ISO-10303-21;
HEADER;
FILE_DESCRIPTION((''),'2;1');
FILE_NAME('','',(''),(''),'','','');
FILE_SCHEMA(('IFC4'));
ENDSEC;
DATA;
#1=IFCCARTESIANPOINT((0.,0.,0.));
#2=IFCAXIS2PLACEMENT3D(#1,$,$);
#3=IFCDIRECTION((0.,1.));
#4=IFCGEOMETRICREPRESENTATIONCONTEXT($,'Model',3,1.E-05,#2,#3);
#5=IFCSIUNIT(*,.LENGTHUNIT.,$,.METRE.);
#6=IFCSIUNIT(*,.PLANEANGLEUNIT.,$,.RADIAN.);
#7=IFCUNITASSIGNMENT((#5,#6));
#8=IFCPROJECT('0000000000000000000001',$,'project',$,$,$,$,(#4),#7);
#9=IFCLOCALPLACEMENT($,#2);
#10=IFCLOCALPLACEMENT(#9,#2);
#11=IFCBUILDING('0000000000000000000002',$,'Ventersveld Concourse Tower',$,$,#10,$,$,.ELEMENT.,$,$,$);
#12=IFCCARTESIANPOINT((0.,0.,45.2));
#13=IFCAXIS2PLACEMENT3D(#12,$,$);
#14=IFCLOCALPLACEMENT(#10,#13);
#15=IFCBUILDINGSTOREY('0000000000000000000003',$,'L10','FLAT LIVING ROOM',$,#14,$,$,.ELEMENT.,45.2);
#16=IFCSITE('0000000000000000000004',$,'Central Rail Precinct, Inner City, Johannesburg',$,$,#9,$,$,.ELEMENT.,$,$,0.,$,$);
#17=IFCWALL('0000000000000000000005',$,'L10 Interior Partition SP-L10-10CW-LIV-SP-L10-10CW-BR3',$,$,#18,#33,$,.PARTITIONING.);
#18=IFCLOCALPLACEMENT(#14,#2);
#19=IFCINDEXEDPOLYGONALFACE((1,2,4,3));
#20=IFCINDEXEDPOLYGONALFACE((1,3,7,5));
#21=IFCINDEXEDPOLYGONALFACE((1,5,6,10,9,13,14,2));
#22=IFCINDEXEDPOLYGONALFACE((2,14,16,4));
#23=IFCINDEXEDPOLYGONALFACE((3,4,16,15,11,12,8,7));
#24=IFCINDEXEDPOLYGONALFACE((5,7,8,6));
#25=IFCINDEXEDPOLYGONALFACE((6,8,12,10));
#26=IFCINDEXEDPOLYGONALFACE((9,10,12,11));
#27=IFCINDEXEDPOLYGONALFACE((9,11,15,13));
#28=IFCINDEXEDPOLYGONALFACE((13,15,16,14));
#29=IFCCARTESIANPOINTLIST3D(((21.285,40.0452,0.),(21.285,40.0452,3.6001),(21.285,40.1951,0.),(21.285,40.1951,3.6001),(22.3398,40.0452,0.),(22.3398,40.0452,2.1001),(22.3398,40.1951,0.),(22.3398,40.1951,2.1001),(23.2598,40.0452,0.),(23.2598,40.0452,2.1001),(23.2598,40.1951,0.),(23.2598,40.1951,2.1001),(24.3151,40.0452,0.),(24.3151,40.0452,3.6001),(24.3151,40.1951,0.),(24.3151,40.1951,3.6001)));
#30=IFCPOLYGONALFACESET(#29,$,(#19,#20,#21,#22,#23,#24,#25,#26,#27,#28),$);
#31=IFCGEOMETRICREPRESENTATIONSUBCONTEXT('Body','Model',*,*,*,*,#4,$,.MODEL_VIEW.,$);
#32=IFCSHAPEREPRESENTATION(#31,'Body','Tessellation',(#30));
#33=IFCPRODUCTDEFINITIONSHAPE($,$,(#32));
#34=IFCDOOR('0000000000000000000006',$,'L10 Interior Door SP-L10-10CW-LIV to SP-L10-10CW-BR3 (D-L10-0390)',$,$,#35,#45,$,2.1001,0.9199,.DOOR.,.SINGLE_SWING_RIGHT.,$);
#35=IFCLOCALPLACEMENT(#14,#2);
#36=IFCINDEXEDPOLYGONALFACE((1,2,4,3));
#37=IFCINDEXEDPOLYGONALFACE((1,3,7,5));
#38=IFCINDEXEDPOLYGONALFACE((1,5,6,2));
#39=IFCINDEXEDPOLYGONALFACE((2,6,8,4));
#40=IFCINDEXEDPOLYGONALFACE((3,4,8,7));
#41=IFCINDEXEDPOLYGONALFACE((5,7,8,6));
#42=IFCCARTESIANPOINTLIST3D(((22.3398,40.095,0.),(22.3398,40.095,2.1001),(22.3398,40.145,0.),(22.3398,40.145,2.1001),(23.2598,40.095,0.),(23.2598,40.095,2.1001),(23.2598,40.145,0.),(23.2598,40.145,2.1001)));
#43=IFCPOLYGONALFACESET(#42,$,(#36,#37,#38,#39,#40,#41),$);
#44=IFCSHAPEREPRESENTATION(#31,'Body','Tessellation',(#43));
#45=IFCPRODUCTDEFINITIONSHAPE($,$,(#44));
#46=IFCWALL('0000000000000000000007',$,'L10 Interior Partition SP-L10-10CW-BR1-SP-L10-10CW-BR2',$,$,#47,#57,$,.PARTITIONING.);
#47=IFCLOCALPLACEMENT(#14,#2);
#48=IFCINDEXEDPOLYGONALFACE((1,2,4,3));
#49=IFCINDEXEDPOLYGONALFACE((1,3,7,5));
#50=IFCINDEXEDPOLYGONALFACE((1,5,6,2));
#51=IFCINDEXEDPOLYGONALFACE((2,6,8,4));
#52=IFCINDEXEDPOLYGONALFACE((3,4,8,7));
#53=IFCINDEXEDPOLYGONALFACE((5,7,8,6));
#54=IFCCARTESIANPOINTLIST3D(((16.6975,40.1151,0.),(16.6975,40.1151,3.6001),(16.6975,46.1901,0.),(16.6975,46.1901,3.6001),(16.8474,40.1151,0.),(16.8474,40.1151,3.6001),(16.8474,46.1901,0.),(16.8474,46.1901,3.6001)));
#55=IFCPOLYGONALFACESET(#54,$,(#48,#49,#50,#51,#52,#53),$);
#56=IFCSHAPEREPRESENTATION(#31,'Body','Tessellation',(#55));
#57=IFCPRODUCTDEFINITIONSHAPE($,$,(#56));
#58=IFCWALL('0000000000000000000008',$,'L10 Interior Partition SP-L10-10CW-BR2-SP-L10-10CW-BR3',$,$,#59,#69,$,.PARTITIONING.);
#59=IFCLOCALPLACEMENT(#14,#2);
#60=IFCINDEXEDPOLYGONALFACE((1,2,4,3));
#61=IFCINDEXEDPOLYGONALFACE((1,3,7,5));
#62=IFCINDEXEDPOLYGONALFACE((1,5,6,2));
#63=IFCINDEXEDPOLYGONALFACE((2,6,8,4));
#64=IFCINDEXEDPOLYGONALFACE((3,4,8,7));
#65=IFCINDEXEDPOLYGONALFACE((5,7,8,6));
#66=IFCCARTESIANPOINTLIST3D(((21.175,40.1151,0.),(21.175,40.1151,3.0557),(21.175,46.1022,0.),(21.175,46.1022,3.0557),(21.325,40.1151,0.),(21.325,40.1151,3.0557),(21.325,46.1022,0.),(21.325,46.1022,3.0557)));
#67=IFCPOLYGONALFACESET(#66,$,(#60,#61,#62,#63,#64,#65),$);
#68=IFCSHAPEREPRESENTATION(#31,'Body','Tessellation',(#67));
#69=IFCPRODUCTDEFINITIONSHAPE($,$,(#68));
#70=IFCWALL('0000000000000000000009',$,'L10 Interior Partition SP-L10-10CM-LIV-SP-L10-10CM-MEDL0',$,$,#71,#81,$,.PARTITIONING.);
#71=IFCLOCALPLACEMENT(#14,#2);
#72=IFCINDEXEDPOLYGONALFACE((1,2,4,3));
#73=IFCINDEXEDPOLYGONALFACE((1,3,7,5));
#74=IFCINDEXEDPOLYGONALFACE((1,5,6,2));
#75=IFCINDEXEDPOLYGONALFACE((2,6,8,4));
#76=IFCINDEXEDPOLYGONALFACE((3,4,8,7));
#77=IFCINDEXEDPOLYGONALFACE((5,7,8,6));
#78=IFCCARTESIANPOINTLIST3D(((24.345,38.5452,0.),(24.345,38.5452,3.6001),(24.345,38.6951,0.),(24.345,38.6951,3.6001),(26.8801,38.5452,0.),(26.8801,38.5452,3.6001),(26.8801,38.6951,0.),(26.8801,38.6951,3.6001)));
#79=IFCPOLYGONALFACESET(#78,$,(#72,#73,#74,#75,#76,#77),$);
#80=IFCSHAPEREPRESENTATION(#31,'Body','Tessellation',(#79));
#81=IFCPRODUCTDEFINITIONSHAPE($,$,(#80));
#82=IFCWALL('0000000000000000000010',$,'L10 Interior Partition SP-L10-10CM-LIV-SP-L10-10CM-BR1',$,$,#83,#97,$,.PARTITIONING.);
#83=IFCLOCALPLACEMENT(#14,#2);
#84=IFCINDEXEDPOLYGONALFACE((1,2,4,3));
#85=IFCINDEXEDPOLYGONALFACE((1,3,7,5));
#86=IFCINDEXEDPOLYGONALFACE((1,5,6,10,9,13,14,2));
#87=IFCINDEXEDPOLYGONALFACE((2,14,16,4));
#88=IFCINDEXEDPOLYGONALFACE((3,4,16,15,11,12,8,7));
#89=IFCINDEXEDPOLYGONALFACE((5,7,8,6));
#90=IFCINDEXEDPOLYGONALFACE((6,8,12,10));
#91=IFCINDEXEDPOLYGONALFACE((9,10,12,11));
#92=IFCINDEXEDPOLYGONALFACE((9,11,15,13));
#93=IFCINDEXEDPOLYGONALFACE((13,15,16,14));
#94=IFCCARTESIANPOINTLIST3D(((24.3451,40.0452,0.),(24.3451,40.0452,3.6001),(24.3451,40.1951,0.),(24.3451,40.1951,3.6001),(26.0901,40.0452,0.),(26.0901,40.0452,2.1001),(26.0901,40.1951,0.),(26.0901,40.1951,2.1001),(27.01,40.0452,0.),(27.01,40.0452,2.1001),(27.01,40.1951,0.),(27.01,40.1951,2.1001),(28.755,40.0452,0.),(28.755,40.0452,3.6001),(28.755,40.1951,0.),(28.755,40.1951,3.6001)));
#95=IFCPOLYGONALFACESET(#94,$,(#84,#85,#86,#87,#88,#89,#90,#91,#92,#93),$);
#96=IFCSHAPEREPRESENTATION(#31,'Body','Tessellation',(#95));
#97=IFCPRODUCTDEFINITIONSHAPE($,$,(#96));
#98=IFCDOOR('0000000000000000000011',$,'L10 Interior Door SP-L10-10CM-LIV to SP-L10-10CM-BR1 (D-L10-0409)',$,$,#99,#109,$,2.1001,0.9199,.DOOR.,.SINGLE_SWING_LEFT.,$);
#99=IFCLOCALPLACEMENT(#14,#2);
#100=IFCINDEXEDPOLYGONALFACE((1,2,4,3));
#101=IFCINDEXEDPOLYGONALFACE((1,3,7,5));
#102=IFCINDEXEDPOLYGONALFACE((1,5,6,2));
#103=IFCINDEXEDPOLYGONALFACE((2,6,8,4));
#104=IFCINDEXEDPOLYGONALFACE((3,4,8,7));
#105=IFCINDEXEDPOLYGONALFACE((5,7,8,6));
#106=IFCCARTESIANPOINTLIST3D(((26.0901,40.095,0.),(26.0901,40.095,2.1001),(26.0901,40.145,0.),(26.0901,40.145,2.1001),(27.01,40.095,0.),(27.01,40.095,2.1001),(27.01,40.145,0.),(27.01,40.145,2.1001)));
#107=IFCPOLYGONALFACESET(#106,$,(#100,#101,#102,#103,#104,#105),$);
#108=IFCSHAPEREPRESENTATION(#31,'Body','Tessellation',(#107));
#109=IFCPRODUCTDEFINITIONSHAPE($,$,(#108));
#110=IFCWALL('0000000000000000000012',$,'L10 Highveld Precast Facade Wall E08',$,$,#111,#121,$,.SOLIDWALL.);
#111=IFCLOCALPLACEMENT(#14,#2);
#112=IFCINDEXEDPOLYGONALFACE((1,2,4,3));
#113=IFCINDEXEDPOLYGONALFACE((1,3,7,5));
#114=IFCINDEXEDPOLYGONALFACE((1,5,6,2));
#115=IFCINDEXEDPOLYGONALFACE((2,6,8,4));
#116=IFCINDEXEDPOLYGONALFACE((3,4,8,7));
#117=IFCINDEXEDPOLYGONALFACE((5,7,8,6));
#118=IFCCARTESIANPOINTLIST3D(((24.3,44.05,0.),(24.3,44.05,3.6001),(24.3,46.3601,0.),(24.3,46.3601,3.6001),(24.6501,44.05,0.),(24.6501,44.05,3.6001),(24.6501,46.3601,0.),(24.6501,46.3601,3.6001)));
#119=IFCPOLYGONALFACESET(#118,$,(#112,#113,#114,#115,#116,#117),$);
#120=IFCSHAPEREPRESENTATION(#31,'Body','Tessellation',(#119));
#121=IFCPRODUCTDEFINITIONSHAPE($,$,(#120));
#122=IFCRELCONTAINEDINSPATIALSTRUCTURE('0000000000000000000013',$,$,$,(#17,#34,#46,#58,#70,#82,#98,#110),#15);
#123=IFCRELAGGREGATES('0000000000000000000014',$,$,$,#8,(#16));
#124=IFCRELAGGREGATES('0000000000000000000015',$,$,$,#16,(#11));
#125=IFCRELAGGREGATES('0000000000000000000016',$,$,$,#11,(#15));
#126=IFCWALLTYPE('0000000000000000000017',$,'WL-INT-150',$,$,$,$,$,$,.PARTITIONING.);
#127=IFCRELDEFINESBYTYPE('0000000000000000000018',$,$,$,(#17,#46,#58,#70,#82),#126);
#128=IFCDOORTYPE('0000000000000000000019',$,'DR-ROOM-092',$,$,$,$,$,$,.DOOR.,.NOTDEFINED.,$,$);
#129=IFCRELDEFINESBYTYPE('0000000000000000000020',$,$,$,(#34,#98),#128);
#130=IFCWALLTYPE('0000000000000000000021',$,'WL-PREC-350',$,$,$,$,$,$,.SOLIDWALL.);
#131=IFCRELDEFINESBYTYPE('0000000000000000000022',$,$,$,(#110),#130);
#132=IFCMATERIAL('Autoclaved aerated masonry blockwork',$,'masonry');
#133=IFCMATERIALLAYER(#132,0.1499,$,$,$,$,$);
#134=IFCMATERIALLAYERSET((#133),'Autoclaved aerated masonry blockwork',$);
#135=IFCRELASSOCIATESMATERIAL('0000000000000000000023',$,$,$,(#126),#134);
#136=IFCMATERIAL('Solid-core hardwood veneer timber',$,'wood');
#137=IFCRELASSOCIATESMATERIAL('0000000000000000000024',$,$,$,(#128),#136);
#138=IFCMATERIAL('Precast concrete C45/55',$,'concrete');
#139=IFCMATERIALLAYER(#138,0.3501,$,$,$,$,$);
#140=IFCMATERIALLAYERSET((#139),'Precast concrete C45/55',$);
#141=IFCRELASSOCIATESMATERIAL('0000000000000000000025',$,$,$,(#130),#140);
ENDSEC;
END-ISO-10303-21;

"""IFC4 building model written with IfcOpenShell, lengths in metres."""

from ifc_helpers import new_model, si_unit, direction, frame, frame_2d, origin, place, context, subcontext, project, spatial, rectangle, extrude, material, layer, layer_set, type_object, element, fill, save


model = new_model("IFC4")

# Units and contexts
model_context = context("Model", 3, precision=1e-05, world=origin(), true_north=direction((0.0, 1.0)))
body_context = subcontext(model_context, "Body", "Model", "MODEL_VIEW")
ifc_project = project(units=[si_unit("LENGTHUNIT", "METRE"), si_unit("PLANEANGLEUNIT", "RADIAN")], contexts=[model_context])

# Site, building, storey
site_placement = place(None, origin())
site = spatial("IfcSite", under=ifc_project, at=site_placement, Name="Central Rail Precinct, Inner City, Johannesburg", CompositionType="ELEMENT", RefElevation=0.0)
building_placement = place(site_placement, origin())
building = spatial("IfcBuilding", under=site, at=building_placement, Name="Ventersveld Concourse Tower", CompositionType="ELEMENT")
storey_placement = place(building_placement, frame((0.0, 0.0, 45.2)))
storey = spatial("IfcBuildingStorey", under=building, at=storey_placement, Name="L10", Description="FLAT LIVING ROOM", CompositionType="ELEMENT", Elevation=45.2)

# Shared definitions
ifc_material_1 = material(Name="Autoclaved aerated masonry blockwork", Category="masonry")
ifc_layer_1 = layer(ifc_material_1, 0.1499)
ifc_layer_set_1 = layer_set([ifc_layer_1], Name="Autoclaved aerated masonry blockwork")
wall_type_1 = type_object("IfcWallType", Name="WL-INT-150", PredefinedType="PARTITIONING", material=ifc_layer_set_1)

# Wall, opening, door
ifc_material_2 = material(Name="Solid-core hardwood veneer timber", Category="wood")
door_type = type_object("IfcDoorType", Name="DR-ROOM-092", OperationType="NOTDEFINED", PredefinedType="DOOR", material=ifc_material_2)
wall_1_placement = place(storey_placement, frame((21.2849, 40.1201, 0.0), z_axis=(0.0, 0.0, 1.0), x_axis=(1.0, 0.0, 0.0)))
wall_1 = element("IfcWall", 1, at=wall_1_placement, inside=storey, type_object=wall_type_1, Name="L10 Interior Partition SP-L10-10CW-LIV-SP-L10-10CW-BR3", PredefinedType="PARTITIONING", context=body_context, shape_type="SweptSolid", body=[
    extrude(rectangle(XDim=3.03, YDim=0.1499, at=frame_2d((1.5151, 0.0))), origin(), (0.0, 0.0, 1.0), 3.6001),
])
opening_1_placement = place(wall_1_placement, frame((1.0549, 0.0, 0.0)))
opening_1 = element("IfcOpeningElement", 2, at=opening_1_placement, cuts=wall_1, PredefinedType="OPENING", context=body_context, shape_type="SweptSolid", body=[
    extrude(rectangle(XDim=0.9199, YDim=2.1001, at=frame_2d((0.46, 1.05))), frame((0.0, 0.085, 0.0), z_axis=(0.0, -1.0, 0.0), x_axis=(1.0, 0.0, 0.0)), (0.0, 0.0, 1.0), 0.1699),
])
door_1_placement = place(opening_1_placement, origin())
door_1 = element("IfcDoor", 3, at=door_1_placement, inside=storey, type_object=door_type, Name="L10 Interior Door SP-L10-10CW-LIV to SP-L10-10CW-BR3 (D-L10-0390)", OperationType="SINGLE_SWING_RIGHT", OverallHeight=2.1001, OverallWidth=0.9199, PredefinedType="DOOR", context=body_context, shape_type="SweptSolid", body=[
    extrude(rectangle(XDim=0.9199, YDim=2.1001, at=frame_2d((0.46, 1.05))), frame((0.0, 0.0249, 0.0), z_axis=(0.0, -1.0, 0.0), x_axis=(1.0, 0.0, 0.0)), (0.0, 0.0, 1.0), 0.05),
])
fill(opening_1, door_1)

# Walls
wall_2_placement = place(storey_placement, frame((16.7725, 40.115, 0.0), z_axis=(0.0, 0.0, 1.0), x_axis=(0.0, 1.0, 0.0)))
element("IfcWall", 4, at=wall_2_placement, inside=storey, type_object=wall_type_1, Name="L10 Interior Partition SP-L10-10CW-BR1-SP-L10-10CW-BR2", PredefinedType="PARTITIONING", context=body_context, shape_type="SweptSolid", body=[
    extrude(rectangle(XDim=6.075, YDim=0.1499, at=frame_2d((3.0376, 0.0))), origin(), (0.0, 0.0, 1.0), 3.6001),
])
wall_3_placement = place(storey_placement, frame((21.25, 40.115, 0.0), z_axis=(0.0, 0.0, 1.0), x_axis=(0.0, 1.0, 0.0)))
element("IfcWall", 5, at=wall_3_placement, inside=storey, type_object=wall_type_1, Name="L10 Interior Partition SP-L10-10CW-BR2-SP-L10-10CW-BR3", PredefinedType="PARTITIONING", context=body_context, shape_type="SweptSolid", body=[
    extrude(rectangle(XDim=5.9871, YDim=0.1499, at=frame_2d((2.9937, 0.0))), origin(), (0.0, 0.0, 1.0), 3.0557),
])
wall_4_placement = place(storey_placement, frame((24.345, 38.6201, 0.0), z_axis=(0.0, 0.0, 1.0), x_axis=(1.0, 0.0, 0.0)))
element("IfcWall", 6, at=wall_4_placement, inside=storey, type_object=wall_type_1, Name="L10 Interior Partition SP-L10-10CM-LIV-SP-L10-10CM-MEDL0", PredefinedType="PARTITIONING", context=body_context, shape_type="SweptSolid", body=[
    extrude(rectangle(XDim=2.5352, YDim=0.1499, at=frame_2d((1.2676, 0.0))), origin(), (0.0, 0.0, 1.0), 3.6001),
])

# Wall, opening, door
wall_5_placement = place(storey_placement, frame((24.345, 40.1201, 0.0), z_axis=(0.0, 0.0, 1.0), x_axis=(1.0, 0.0, 0.0)))
wall_5 = element("IfcWall", 7, at=wall_5_placement, inside=storey, type_object=wall_type_1, Name="L10 Interior Partition SP-L10-10CM-LIV-SP-L10-10CM-BR1", PredefinedType="PARTITIONING", context=body_context, shape_type="SweptSolid", body=[
    extrude(rectangle(XDim=4.4099, YDim=0.1499, at=frame_2d((2.2051, 0.0))), origin(), (0.0, 0.0, 1.0), 3.6001),
])
opening_2_placement = place(wall_5_placement, frame((1.7451, 0.0, 0.0)))
opening_2 = element("IfcOpeningElement", 8, at=opening_2_placement, cuts=wall_5, PredefinedType="OPENING", context=body_context, shape_type="SweptSolid", body=[
    extrude(rectangle(XDim=0.9199, YDim=2.1001, at=frame_2d((0.46, 1.05))), frame((0.0, 0.085, 0.0), z_axis=(0.0, -1.0, 0.0), x_axis=(1.0, 0.0, 0.0)), (0.0, 0.0, 1.0), 0.1699),
])
door_2_placement = place(opening_2_placement, origin())
door_2 = element("IfcDoor", 9, at=door_2_placement, inside=storey, type_object=door_type, Name="L10 Interior Door SP-L10-10CM-LIV to SP-L10-10CM-BR1 (D-L10-0409)", OperationType="SINGLE_SWING_LEFT", OverallHeight=2.1001, OverallWidth=0.9199, PredefinedType="DOOR", context=body_context, shape_type="SweptSolid", body=[
    extrude(rectangle(XDim=0.9199, YDim=2.1001, at=frame_2d((0.46, 1.05))), frame((0.0, 0.0249, 0.0), z_axis=(0.0, -1.0, 0.0), x_axis=(1.0, 0.0, 0.0)), (0.0, 0.0, 1.0), 0.05),
])
fill(opening_2, door_2)

# Wall
ifc_material_3 = material(Name="Precast concrete C45/55", Category="concrete")
ifc_layer_2 = layer(ifc_material_3, 0.3501)
ifc_layer_set_2 = layer_set([ifc_layer_2], Name="Precast concrete C45/55")
wall_type_2 = type_object("IfcWallType", Name="WL-PREC-350", PredefinedType="SOLIDWALL", material=ifc_layer_set_2)
wall_6_placement = place(storey_placement, frame((24.4751, 44.05, 0.0), z_axis=(0.0, 0.0, 1.0), x_axis=(0.0, 1.0, 0.0)))
element("IfcWall", 10, at=wall_6_placement, inside=storey, type_object=wall_type_2, Name="L10 Highveld Precast Facade Wall E08", PredefinedType="SOLIDWALL", context=body_context, shape_type="SweptSolid", body=[
    extrude(rectangle(XDim=2.3101, YDim=0.3501, at=frame_2d((1.155, 0.0))), origin(), (0.0, 0.0, 1.0), 3.6001),
])

save(model, "model.ifc")
